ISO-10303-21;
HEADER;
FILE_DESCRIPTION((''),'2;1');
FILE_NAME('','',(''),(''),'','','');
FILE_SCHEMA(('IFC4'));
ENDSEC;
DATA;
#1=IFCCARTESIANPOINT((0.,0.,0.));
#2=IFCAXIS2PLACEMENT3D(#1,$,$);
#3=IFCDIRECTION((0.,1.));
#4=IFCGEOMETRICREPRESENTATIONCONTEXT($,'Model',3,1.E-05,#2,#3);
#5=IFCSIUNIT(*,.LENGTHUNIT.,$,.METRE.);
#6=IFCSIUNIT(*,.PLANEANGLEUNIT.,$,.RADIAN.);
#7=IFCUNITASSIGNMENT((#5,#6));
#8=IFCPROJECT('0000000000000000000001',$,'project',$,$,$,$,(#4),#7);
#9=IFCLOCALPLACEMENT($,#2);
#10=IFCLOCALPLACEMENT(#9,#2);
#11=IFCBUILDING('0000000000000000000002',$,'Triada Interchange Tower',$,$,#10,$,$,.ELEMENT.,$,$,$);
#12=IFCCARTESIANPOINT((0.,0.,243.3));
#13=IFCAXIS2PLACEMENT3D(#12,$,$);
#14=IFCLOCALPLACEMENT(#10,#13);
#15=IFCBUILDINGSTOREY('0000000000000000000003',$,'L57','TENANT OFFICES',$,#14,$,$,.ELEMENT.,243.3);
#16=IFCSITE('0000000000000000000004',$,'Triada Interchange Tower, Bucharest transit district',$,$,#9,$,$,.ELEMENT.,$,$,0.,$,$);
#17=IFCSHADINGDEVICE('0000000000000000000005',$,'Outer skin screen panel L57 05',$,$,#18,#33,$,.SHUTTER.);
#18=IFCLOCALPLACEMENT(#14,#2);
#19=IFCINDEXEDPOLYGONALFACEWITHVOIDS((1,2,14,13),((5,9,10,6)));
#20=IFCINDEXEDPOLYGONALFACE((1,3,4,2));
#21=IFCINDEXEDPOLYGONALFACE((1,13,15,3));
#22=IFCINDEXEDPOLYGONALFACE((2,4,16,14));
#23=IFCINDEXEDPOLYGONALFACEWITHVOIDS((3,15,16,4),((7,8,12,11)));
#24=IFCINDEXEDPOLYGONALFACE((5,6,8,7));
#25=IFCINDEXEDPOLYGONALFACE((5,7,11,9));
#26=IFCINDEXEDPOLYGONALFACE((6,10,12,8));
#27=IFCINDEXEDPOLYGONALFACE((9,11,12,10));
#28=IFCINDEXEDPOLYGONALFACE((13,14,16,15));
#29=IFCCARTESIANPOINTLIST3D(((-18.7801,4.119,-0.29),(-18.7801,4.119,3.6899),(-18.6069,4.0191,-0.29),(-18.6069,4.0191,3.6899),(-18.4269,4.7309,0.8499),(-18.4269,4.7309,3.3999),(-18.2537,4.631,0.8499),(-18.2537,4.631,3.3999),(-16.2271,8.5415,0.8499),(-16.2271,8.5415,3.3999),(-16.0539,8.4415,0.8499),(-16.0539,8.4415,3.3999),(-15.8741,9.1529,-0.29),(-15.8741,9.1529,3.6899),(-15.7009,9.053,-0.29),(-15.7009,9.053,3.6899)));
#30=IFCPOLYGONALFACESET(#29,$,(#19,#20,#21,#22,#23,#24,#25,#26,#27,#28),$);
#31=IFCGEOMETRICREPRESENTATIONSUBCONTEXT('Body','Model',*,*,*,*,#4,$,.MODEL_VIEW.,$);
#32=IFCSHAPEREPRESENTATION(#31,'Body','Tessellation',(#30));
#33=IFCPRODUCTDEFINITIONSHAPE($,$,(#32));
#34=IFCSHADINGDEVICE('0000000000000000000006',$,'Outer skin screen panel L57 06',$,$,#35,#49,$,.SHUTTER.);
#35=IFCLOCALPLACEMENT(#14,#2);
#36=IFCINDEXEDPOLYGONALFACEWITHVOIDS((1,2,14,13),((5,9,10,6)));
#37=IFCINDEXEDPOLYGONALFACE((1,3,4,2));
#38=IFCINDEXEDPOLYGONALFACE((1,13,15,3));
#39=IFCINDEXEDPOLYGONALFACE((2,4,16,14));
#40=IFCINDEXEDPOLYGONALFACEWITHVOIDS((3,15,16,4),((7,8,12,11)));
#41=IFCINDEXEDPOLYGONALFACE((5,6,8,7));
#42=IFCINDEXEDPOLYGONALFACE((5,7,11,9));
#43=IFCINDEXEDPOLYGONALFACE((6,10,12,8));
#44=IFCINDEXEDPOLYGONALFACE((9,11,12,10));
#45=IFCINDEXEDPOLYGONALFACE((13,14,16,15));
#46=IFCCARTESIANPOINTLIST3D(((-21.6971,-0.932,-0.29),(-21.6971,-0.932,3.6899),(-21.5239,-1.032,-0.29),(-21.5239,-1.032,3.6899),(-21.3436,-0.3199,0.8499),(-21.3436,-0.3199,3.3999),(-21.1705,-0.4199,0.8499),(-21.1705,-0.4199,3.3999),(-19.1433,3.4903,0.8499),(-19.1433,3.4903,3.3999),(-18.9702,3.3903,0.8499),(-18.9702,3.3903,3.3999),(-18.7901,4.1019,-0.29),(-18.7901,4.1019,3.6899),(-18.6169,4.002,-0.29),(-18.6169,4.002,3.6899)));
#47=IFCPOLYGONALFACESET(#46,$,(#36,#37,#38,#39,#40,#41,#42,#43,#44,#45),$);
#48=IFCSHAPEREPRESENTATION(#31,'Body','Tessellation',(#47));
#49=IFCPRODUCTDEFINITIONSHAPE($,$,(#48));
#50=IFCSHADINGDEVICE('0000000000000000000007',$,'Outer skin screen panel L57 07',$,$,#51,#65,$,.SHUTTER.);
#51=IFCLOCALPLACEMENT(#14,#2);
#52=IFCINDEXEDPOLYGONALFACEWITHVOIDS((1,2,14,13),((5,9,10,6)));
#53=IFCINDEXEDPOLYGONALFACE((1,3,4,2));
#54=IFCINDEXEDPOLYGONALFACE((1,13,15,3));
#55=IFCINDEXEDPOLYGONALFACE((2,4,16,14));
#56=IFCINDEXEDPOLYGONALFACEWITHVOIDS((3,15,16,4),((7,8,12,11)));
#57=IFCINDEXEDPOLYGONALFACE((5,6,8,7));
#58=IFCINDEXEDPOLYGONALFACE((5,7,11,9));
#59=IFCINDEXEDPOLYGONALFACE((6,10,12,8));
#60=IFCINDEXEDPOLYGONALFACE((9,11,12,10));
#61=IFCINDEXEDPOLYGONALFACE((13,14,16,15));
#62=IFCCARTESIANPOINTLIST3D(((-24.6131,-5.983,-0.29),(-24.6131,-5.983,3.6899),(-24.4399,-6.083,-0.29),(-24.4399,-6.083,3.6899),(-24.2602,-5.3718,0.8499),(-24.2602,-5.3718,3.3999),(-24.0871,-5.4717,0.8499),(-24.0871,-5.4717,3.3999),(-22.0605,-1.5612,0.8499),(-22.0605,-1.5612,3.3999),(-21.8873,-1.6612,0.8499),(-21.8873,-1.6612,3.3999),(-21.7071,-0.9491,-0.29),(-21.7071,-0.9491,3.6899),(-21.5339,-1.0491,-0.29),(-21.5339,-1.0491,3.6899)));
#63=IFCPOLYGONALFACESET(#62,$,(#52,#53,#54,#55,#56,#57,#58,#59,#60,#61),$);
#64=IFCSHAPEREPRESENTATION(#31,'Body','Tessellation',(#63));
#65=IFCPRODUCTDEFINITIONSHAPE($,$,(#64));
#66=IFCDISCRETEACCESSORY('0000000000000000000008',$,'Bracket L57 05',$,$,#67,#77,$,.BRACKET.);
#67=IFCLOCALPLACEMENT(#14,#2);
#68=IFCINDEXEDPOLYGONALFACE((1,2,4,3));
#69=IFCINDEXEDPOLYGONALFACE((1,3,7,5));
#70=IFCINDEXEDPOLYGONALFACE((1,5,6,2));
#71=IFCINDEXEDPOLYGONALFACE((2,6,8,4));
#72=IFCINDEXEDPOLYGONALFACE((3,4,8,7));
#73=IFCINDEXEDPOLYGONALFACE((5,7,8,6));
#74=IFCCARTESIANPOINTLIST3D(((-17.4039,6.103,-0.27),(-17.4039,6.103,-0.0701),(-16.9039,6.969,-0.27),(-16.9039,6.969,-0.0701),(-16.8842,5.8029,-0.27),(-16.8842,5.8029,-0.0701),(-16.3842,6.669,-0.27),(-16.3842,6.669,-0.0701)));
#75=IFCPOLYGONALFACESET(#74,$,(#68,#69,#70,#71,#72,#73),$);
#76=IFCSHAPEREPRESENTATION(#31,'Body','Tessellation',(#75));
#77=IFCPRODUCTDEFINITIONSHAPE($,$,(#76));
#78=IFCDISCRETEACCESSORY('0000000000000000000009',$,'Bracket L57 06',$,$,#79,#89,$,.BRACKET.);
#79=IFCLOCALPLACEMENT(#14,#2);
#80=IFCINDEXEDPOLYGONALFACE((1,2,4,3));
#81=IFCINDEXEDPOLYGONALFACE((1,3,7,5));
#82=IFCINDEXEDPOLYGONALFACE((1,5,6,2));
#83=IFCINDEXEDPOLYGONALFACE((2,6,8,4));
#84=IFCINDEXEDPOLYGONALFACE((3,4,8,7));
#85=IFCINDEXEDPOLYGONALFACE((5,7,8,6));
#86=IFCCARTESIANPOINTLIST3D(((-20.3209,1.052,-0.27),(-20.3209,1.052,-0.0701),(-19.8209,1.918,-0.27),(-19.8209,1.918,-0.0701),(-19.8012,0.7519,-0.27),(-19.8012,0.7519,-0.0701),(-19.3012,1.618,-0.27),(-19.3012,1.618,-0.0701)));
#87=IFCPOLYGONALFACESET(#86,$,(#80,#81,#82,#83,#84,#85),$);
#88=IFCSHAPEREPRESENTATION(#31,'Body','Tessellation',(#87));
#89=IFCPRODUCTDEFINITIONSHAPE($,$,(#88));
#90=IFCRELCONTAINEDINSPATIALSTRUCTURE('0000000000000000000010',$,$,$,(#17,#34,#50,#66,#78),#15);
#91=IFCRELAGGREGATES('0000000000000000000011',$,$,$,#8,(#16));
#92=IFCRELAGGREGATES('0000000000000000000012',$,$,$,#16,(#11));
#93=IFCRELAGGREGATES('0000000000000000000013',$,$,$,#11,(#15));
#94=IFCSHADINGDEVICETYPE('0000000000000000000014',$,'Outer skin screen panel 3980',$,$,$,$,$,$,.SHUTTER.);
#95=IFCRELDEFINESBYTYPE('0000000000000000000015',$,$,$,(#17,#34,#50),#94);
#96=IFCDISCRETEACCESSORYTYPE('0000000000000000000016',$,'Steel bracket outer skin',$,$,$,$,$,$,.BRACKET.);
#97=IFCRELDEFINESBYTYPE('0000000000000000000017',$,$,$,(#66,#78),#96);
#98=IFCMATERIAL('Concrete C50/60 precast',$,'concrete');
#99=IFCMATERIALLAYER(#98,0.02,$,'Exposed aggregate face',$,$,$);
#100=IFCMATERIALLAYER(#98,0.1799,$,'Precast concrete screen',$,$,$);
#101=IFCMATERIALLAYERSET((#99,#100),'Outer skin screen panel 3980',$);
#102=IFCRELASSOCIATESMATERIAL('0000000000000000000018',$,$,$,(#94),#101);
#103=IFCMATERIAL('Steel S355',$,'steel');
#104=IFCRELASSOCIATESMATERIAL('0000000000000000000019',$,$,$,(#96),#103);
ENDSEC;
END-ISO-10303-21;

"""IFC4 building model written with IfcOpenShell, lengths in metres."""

from ifc_helpers import new_model, si_unit, direction, frame, origin, origin_2d, place, context, subcontext, project, spatial, polyline, rectangle, outline, extrude, material, layer, layer_set, type_object, element, save


model = new_model("IFC4")

# Units and contexts
model_context = context("Model", 3, precision=1e-05, world=origin(), true_north=direction((0.0, 1.0)))
body_context = subcontext(model_context, "Body", "Model", "MODEL_VIEW")
ifc_project = project(units=[si_unit("LENGTHUNIT", "METRE"), si_unit("PLANEANGLEUNIT", "RADIAN")], contexts=[model_context])

# Site, building, storey
site_placement = place(None, origin())
site = spatial("IfcSite", under=ifc_project, at=site_placement, Name="Triada Interchange Tower, Bucharest transit district", CompositionType="ELEMENT", RefElevation=0.0)
building_placement = place(site_placement, origin())
building = spatial("IfcBuilding", under=site, at=building_placement, Name="Triada Interchange Tower", CompositionType="ELEMENT")
storey_placement = place(building_placement, frame((0.0, 0.0, 243.3)))
storey = spatial("IfcBuildingStorey", under=building, at=storey_placement, Name="L57", Description="TENANT OFFICES", CompositionType="ELEMENT", Elevation=243.3)

# Shading devices
ifc_material_1 = material(Name="Concrete C50/60 precast", Category="concrete")
ifc_layer_1 = layer(ifc_material_1, 0.02, Name="Exposed aggregate face")
ifc_layer_2 = layer(ifc_material_1, 0.1799, Name="Precast concrete screen")
ifc_layer_set_1 = layer_set([ifc_layer_1, ifc_layer_2], Name="Outer skin screen panel 3980")
shading_device_type = type_object("IfcShadingDeviceType", Name="Outer skin screen panel 3980", PredefinedType="SHUTTER", material=ifc_layer_set_1)
shading_device_1_placement = place(storey_placement, frame((-15.7009, 9.053, -0.29), z_axis=(0.0, 0.0, 1.0), x_axis=(-0.499956, -0.866051, 0.0)))
element("IfcShadingDevice", 1, at=shading_device_1_placement, inside=storey, type_object=shading_device_type, Name="Outer skin screen panel L57 05", PredefinedType="SHUTTER", context=body_context, shape_type="SweptSolid", body=[
    extrude(outline(polyline([(0.0, 0.0), (5.8125, 0.0), (5.8125, 3.98), (0.0, 3.98), (0.0, 0.0)]), holes=[polyline([(0.7061, 1.1399), (0.7061, 3.6899), (5.106, 3.6899), (5.106, 1.1399), (0.7061, 1.1399)])]), frame((0.0, 0.0, 0.0), z_axis=(0.0, -1.0, 0.0), x_axis=(1.0, 0.0, 0.0)), (0.0, 0.0, 1.0), 0.2),
])
shading_device_2_placement = place(storey_placement, frame((-18.6169, 4.002, -0.29), z_axis=(0.0, 0.0, 1.0), x_axis=(-0.500082, -0.865978, 0.0)))
element("IfcShadingDevice", 2, at=shading_device_2_placement, inside=storey, type_object=shading_device_type, Name="Outer skin screen panel L57 06", PredefinedType="SHUTTER", context=body_context, shape_type="SweptSolid", body=[
    extrude(outline(polyline([(0.0, 0.0), (5.813, 0.0), (5.813, 3.98), (0.0, 3.98), (0.0, 0.0)]), holes=[polyline([(0.7063, 1.1399), (0.7063, 3.6899), (5.1062, 3.6899), (5.1062, 1.1399), (0.7063, 1.1399)])]), frame((0.0, 0.0, 0.0), z_axis=(0.0, -1.0, 0.0), x_axis=(1.0, 0.0, 0.0)), (0.0, 0.0, 1.0), 0.2),
])
shading_device_3_placement = place(storey_placement, frame((-21.5339, -1.0491, -0.29), z_axis=(0.0, 0.0, 1.0), x_axis=(-0.499956, -0.866051, 0.0)))
element("IfcShadingDevice", 3, at=shading_device_3_placement, inside=storey, type_object=shading_device_type, Name="Outer skin screen panel L57 07", PredefinedType="SHUTTER", context=body_context, shape_type="SweptSolid", body=[
    extrude(outline(polyline([(0.0, 0.0), (5.8125, 0.0), (5.8125, 3.98), (0.0, 3.98), (0.0, 0.0)]), holes=[polyline([(0.7068, 1.1399), (0.7068, 3.6899), (5.1067, 3.6899), (5.1067, 1.1399), (0.7068, 1.1399)])]), frame((0.0, 0.0, 0.0), z_axis=(0.0, -1.0, 0.0), x_axis=(1.0, 0.0, 0.0)), (0.0, 0.0, 1.0), 0.2),
])

# Discrete accessories
ifc_material_2 = material(Name="Steel S355", Category="steel")
discrete_accessory_type = type_object("IfcDiscreteAccessoryType", Name="Steel bracket outer skin", PredefinedType="BRACKET", material=ifc_material_2)
for number, where, z_axis, x_axis, name in (
    (4, (-16.894, 6.386, -0.27), (0.0, 0.0, 1.0), (-0.86603, 0.499991, 0.0), "Bracket L57 05"),
    (5, (-19.811, 1.335, -0.27), (0.0, 0.0, 1.0), (-0.86603, 0.499991, 0.0), "Bracket L57 06"),
):
    element("IfcDiscreteAccessory", number, at=place(storey_placement, frame(where, z_axis=z_axis, x_axis=x_axis)), inside=storey, type_object=discrete_accessory_type, Name=name, PredefinedType="BRACKET", context=body_context, shape_type="SweptSolid", body=[
        extrude(rectangle(XDim=0.6001, YDim=1.0, at=origin_2d()), origin(), (0.0, 0.0, 1.0), 0.2),
    ])

save(model, "model.ifc")
